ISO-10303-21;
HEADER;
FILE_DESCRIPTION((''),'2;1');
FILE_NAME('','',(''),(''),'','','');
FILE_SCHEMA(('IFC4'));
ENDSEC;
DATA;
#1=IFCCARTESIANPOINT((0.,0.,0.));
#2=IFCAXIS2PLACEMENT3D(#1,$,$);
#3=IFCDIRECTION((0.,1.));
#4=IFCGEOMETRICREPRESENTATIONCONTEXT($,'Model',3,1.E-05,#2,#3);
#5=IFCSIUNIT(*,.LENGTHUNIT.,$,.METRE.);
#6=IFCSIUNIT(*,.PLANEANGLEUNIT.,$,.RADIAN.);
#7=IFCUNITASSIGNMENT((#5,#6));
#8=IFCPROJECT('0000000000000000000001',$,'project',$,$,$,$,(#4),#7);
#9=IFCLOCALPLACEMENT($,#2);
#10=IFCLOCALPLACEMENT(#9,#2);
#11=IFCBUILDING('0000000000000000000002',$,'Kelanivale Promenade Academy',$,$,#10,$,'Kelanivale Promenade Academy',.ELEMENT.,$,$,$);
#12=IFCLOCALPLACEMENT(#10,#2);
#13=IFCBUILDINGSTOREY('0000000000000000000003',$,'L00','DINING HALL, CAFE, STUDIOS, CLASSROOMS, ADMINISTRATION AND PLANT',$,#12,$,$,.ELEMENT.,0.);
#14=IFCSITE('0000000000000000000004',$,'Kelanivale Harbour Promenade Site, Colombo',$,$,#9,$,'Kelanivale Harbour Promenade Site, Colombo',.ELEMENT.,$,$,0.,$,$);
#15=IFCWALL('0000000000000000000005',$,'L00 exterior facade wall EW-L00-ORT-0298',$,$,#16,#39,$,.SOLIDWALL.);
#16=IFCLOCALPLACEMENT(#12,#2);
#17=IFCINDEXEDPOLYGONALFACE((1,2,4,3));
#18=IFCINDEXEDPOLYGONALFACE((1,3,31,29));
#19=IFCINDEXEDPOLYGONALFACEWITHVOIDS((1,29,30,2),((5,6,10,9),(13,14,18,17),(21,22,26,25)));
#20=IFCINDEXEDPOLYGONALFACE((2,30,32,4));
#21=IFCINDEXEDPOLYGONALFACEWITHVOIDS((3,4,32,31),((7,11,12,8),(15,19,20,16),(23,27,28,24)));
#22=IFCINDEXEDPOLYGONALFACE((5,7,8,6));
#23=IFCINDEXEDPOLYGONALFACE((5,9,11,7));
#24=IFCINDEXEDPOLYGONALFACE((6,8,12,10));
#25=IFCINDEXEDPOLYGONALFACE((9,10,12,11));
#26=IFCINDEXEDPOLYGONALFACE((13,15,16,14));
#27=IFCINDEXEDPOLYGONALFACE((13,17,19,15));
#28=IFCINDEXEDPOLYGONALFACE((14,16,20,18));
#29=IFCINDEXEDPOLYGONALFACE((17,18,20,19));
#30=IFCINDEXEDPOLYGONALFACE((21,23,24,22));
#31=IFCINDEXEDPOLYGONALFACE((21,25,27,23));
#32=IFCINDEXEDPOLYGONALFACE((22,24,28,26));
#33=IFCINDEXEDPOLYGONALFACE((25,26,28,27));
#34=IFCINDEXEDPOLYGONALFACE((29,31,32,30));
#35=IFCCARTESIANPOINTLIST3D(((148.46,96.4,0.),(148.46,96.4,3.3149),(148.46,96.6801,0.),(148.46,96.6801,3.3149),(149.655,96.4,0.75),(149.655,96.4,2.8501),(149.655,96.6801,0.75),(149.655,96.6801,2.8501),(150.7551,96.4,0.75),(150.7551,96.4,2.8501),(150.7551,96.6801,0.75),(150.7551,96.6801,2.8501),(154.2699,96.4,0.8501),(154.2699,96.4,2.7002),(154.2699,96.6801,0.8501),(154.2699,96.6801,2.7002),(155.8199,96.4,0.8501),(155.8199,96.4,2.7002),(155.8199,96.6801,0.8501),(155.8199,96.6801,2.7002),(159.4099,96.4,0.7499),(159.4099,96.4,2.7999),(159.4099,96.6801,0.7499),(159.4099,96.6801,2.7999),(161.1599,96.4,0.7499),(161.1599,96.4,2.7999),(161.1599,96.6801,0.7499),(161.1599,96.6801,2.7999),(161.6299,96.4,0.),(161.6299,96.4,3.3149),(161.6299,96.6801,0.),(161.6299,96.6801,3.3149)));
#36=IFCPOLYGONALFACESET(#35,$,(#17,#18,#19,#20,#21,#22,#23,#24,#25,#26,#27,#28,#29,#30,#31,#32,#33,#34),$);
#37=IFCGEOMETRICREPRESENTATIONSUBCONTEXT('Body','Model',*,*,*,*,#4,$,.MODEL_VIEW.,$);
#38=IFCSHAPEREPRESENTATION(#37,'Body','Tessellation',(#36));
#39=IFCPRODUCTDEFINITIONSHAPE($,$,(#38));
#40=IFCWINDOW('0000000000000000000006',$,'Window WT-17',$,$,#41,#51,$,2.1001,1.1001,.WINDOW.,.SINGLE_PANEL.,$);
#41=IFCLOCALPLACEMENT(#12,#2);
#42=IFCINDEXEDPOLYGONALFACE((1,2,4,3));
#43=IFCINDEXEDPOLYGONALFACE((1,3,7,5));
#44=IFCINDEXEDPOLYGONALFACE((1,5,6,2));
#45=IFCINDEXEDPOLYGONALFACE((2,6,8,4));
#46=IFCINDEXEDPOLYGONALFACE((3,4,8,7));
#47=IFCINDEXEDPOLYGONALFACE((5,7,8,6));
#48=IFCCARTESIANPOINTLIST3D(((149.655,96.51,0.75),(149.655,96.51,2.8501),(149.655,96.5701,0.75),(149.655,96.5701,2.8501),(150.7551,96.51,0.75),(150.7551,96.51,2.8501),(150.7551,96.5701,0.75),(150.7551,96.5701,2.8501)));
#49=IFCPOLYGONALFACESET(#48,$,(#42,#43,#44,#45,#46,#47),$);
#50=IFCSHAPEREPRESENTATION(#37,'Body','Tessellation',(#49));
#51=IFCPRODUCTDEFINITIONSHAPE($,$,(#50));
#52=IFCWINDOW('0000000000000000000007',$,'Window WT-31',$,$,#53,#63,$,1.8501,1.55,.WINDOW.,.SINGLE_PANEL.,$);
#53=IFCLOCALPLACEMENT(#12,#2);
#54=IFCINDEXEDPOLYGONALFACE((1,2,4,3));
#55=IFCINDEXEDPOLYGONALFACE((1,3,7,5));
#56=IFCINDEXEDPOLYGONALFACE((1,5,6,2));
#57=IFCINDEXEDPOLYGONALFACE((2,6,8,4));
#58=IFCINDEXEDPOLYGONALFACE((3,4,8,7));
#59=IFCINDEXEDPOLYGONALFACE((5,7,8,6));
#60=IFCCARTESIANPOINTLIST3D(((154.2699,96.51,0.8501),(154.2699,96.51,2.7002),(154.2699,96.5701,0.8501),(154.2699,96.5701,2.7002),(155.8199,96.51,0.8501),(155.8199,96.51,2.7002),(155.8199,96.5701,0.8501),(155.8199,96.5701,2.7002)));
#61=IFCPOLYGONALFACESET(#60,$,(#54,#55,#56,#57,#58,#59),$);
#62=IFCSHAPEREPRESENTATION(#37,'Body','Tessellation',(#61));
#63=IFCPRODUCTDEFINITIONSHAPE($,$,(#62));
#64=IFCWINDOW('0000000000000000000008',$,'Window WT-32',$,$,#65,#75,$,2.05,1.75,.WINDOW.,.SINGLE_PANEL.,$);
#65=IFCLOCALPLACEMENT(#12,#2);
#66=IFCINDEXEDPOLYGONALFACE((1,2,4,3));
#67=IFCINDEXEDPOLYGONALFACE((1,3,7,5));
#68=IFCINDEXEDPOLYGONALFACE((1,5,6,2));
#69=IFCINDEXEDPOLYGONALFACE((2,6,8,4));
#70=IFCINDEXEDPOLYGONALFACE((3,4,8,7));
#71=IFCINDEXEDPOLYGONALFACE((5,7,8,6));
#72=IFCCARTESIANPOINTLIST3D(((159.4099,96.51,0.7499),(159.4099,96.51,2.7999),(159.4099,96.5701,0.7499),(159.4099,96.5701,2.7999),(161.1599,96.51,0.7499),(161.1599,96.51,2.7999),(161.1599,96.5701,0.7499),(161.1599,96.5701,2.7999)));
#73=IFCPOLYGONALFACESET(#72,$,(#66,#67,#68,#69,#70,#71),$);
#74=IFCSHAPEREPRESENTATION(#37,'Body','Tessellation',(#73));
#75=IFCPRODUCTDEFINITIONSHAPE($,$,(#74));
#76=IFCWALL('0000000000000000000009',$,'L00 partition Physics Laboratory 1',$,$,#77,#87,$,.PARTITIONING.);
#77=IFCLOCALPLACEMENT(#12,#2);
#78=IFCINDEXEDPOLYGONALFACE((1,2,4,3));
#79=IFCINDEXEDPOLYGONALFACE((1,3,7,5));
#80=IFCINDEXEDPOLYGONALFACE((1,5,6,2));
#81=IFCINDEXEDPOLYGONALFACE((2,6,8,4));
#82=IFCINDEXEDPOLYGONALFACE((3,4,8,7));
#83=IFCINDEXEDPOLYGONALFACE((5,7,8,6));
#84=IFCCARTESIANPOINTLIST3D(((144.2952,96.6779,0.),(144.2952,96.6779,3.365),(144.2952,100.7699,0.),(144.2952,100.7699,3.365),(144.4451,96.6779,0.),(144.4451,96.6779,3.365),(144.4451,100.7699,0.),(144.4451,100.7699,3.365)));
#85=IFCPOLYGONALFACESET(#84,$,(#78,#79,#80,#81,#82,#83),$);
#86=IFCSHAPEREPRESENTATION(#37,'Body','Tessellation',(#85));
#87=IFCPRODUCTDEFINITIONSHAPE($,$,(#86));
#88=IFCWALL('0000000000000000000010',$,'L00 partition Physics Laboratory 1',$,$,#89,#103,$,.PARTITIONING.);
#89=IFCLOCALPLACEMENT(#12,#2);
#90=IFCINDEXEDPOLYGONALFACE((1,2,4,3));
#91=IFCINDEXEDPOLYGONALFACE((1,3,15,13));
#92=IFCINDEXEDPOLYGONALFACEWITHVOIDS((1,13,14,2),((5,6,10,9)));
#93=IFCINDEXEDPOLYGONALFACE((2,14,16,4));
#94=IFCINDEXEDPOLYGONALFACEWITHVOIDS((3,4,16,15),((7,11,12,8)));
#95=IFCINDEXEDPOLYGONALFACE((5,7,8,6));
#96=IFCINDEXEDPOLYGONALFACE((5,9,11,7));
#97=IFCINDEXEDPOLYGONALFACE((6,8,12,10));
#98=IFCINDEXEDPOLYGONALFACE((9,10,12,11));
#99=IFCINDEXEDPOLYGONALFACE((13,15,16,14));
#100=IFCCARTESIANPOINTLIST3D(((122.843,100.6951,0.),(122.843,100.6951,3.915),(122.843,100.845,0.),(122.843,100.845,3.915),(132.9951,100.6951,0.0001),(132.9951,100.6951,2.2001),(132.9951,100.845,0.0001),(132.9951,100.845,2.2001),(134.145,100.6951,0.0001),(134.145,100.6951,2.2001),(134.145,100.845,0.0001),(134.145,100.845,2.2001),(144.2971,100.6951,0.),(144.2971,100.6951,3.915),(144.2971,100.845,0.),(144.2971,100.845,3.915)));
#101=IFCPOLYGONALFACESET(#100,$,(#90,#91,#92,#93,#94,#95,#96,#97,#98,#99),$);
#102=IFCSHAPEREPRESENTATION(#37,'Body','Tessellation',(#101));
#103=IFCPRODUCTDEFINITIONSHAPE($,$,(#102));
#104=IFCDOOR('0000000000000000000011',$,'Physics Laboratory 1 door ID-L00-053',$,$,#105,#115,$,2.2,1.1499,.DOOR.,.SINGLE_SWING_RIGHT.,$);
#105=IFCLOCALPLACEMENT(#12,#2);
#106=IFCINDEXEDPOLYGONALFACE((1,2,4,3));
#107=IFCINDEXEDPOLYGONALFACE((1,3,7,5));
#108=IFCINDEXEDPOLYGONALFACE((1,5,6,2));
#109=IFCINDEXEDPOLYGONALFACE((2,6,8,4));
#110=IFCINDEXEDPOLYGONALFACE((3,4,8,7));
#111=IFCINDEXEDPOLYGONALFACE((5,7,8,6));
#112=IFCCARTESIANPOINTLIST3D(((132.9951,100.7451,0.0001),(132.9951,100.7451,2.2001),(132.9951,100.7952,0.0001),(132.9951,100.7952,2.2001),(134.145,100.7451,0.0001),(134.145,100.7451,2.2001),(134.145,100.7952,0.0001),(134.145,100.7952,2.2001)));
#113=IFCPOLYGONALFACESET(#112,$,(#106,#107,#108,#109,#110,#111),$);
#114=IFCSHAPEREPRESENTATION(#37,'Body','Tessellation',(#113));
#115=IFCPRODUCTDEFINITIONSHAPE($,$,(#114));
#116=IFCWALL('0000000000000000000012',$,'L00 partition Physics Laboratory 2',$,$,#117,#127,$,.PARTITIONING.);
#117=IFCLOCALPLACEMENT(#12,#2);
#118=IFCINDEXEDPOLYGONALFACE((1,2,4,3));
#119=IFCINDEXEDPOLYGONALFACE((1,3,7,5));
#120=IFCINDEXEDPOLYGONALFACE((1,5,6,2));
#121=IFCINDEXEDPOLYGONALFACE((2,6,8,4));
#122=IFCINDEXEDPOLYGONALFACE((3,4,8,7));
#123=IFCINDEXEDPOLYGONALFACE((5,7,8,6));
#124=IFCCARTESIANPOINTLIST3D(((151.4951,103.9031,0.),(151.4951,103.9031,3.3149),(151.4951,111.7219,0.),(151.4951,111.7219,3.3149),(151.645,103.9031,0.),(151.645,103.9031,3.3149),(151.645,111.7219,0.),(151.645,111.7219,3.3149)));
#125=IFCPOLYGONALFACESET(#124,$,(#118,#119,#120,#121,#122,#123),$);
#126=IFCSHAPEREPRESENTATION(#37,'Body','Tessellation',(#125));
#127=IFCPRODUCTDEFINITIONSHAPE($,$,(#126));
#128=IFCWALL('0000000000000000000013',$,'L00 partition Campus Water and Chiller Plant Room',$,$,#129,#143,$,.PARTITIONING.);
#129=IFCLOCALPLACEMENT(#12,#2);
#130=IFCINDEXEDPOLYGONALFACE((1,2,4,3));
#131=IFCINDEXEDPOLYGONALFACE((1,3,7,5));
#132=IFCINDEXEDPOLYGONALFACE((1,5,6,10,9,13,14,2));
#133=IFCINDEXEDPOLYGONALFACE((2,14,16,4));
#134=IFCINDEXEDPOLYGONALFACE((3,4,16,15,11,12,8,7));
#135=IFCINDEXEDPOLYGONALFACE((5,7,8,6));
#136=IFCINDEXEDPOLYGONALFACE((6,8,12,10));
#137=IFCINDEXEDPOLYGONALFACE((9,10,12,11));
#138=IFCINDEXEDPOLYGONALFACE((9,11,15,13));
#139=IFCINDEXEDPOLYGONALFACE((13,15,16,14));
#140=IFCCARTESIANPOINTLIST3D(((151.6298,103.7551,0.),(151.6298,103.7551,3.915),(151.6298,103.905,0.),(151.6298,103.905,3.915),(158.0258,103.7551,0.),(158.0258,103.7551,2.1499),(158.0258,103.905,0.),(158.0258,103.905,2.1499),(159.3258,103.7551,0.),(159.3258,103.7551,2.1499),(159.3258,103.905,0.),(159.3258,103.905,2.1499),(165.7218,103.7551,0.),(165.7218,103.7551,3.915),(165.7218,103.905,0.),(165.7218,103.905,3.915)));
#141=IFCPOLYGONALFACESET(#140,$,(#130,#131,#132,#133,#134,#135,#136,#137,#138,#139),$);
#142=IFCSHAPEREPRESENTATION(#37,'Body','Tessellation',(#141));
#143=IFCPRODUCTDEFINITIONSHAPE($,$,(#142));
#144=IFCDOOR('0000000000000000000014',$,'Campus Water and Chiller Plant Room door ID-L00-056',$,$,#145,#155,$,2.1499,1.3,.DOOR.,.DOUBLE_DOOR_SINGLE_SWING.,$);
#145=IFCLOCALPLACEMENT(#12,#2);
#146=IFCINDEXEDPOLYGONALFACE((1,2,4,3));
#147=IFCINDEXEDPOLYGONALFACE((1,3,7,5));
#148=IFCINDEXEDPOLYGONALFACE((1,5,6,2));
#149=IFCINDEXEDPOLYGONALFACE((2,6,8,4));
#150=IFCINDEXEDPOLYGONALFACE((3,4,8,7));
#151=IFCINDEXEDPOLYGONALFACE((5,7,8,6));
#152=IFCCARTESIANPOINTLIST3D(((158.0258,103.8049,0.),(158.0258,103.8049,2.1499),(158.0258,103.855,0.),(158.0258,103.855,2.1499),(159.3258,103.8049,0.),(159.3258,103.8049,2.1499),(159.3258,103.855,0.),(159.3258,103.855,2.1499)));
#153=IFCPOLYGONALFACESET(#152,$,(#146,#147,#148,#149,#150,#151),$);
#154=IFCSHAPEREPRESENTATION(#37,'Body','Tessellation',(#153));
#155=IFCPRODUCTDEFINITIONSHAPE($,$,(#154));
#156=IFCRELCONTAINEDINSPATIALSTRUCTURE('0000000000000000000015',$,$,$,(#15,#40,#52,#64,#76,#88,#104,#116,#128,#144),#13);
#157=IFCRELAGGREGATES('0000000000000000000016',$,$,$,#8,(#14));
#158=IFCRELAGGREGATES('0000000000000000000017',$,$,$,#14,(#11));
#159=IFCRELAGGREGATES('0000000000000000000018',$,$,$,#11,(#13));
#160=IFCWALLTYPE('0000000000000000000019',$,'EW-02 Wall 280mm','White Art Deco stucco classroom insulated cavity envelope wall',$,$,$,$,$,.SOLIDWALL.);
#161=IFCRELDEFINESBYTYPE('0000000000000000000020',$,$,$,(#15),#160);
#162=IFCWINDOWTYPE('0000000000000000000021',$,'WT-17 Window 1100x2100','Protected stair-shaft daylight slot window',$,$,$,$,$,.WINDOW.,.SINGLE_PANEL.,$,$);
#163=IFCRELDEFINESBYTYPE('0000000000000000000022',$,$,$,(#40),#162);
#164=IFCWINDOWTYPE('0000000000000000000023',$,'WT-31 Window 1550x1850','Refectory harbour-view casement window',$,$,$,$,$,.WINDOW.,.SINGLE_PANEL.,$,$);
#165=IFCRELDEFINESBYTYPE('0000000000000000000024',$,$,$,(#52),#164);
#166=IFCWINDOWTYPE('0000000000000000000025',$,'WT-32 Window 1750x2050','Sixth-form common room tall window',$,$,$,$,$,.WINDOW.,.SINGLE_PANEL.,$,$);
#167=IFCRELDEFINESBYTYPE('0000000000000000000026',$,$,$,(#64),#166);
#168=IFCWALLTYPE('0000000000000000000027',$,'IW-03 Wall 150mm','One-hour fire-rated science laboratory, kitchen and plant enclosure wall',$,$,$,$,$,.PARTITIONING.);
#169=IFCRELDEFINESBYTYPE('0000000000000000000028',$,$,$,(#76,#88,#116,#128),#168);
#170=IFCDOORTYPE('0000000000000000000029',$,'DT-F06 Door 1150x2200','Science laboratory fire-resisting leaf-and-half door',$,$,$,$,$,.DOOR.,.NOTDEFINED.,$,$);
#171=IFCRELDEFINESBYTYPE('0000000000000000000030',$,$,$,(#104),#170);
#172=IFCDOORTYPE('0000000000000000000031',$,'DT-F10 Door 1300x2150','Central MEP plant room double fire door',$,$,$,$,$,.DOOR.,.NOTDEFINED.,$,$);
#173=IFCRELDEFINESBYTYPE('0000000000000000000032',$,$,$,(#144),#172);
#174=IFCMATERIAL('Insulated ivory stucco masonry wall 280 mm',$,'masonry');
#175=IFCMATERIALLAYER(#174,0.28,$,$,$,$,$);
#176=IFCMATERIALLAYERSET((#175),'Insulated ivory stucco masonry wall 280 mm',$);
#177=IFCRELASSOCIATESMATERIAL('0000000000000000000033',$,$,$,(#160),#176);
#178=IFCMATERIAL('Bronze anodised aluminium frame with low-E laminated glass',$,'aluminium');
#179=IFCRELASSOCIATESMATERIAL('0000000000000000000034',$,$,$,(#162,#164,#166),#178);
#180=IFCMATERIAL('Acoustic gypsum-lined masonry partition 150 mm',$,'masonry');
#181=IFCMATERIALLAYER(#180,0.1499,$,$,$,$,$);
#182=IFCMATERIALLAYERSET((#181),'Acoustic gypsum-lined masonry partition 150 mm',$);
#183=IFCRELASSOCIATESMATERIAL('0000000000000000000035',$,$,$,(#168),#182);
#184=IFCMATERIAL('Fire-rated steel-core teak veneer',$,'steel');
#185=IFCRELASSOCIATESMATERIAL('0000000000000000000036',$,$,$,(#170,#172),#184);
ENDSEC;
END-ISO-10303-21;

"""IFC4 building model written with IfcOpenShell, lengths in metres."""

from ifc_helpers import new_model, si_unit, direction, frame, frame_2d, origin, place, context, subcontext, project, spatial, rectangle, extrude, material, layer, layer_set, type_object, element, fill, save


model = new_model("IFC4")

# Units and contexts
model_context = context("Model", 3, precision=1e-05, world=origin(), true_north=direction((0.0, 1.0)))
body_context = subcontext(model_context, "Body", "Model", "MODEL_VIEW")
ifc_project = project(units=[si_unit("LENGTHUNIT", "METRE"), si_unit("PLANEANGLEUNIT", "RADIAN")], contexts=[model_context])

# Site, building, storey
site_placement = place(None, origin())
site = spatial("IfcSite", under=ifc_project, at=site_placement, Name="Kelanivale Harbour Promenade Site, Colombo", LongName="Kelanivale Harbour Promenade Site, Colombo", CompositionType="ELEMENT", RefElevation=0.0)
building_placement = place(site_placement, origin())
building = spatial("IfcBuilding", under=site, at=building_placement, Name="Kelanivale Promenade Academy", LongName="Kelanivale Promenade Academy", CompositionType="ELEMENT")
storey_placement = place(building_placement, origin())
storey = spatial("IfcBuildingStorey", under=building, at=storey_placement, Name="L00", Description="DINING HALL, CAFE, STUDIOS, CLASSROOMS, ADMINISTRATION AND PLANT", CompositionType="ELEMENT", Elevation=0.0)

# Wall, openings, windows
ifc_material_1 = material(Name="Insulated ivory stucco masonry wall 280 mm", Category="masonry")
ifc_layer_1 = layer(ifc_material_1, 0.28)
ifc_layer_set_1 = layer_set([ifc_layer_1], Name="Insulated ivory stucco masonry wall 280 mm")
wall_type_1 = type_object("IfcWallType", Name="EW-02 Wall 280mm", Description="White Art Deco stucco classroom insulated cavity envelope wall", PredefinedType="SOLIDWALL", material=ifc_layer_set_1)
wall_1_placement = place(storey_placement, frame((148.46, 96.54, 0.0), z_axis=(0.0, 0.0, 1.0), x_axis=(1.0, 0.0, 0.0)))
wall_1 = element("IfcWall", 1, at=wall_1_placement, inside=storey, type_object=wall_type_1, Name="L00 exterior facade wall EW-L00-ORT-0298", PredefinedType="SOLIDWALL", context=body_context, shape_type="SweptSolid", body=[
    extrude(rectangle(XDim=13.1699, YDim=0.28, at=frame_2d((6.585, 0.0))), origin(), (0.0, 0.0, 1.0), 3.3149),
])
opening_1_placement = place(wall_1_placement, frame((1.1951, 0.0, 0.75)))
opening_1 = element("IfcOpeningElement", 2, at=opening_1_placement, cuts=wall_1, PredefinedType="OPENING", context=body_context, shape_type="SweptSolid", body=[
    extrude(rectangle(XDim=1.1001, YDim=2.1001, at=frame_2d((0.55, 1.05))), frame((0.0, 0.1499, 0.0), z_axis=(0.0, -1.0, 0.0), x_axis=(1.0, 0.0, 0.0)), (0.0, 0.0, 1.0), 0.3),
])
opening_2_placement = place(wall_1_placement, frame((5.8101, 0.0, 0.8501)))
opening_2 = element("IfcOpeningElement", 3, at=opening_2_placement, cuts=wall_1, PredefinedType="OPENING", context=body_context, shape_type="SweptSolid", body=[
    extrude(rectangle(XDim=1.55, YDim=1.8501, at=frame_2d((0.7749, 0.925))), frame((0.0, 0.1499, 0.0), z_axis=(0.0, -1.0, 0.0), x_axis=(1.0, 0.0, 0.0)), (0.0, 0.0, 1.0), 0.3),
])
opening_3_placement = place(wall_1_placement, frame((10.95, 0.0, 0.75)))
opening_3 = element("IfcOpeningElement", 4, at=opening_3_placement, cuts=wall_1, PredefinedType="OPENING", context=body_context, shape_type="SweptSolid", body=[
    extrude(rectangle(XDim=1.75, YDim=2.05, at=frame_2d((0.875, 1.0249))), frame((0.0, 0.1499, 0.0), z_axis=(0.0, -1.0, 0.0), x_axis=(1.0, 0.0, 0.0)), (0.0, 0.0, 1.0), 0.3),
])
ifc_material_2 = material(Name="Bronze anodised aluminium frame with low-E laminated glass", Category="aluminium")
window_type_1 = type_object("IfcWindowType", Name="WT-17 Window 1100x2100", Description="Protected stair-shaft daylight slot window", PartitioningType="SINGLE_PANEL", PredefinedType="WINDOW", material=ifc_material_2)
window_1_placement = place(opening_1_placement, origin())
window_1 = element("IfcWindow", 5, at=window_1_placement, inside=storey, type_object=window_type_1, Name="Window WT-17", OverallHeight=2.1001, OverallWidth=1.1001, PartitioningType="SINGLE_PANEL", PredefinedType="WINDOW", context=body_context, shape_type="SweptSolid", body=[
    extrude(rectangle(XDim=1.1001, YDim=2.1001, at=frame_2d((0.55, 1.05))), frame((0.0, 0.03, 0.0), z_axis=(0.0, -1.0, 0.0), x_axis=(1.0, 0.0, 0.0)), (0.0, 0.0, 1.0), 0.0601),
])
fill(opening_1, window_1)
window_type_2 = type_object("IfcWindowType", Name="WT-31 Window 1550x1850", Description="Refectory harbour-view casement window", PartitioningType="SINGLE_PANEL", PredefinedType="WINDOW", material=ifc_material_2)
window_2_placement = place(opening_2_placement, origin())
window_2 = element("IfcWindow", 6, at=window_2_placement, inside=storey, type_object=window_type_2, Name="Window WT-31", OverallHeight=1.8501, OverallWidth=1.55, PartitioningType="SINGLE_PANEL", PredefinedType="WINDOW", context=body_context, shape_type="SweptSolid", body=[
    extrude(rectangle(XDim=1.55, YDim=1.8501, at=frame_2d((0.7749, 0.925))), frame((0.0, 0.03, 0.0), z_axis=(0.0, -1.0, 0.0), x_axis=(1.0, 0.0, 0.0)), (0.0, 0.0, 1.0), 0.0601),
])
fill(opening_2, window_2)
window_type_3 = type_object("IfcWindowType", Name="WT-32 Window 1750x2050", Description="Sixth-form common room tall window", PartitioningType="SINGLE_PANEL", PredefinedType="WINDOW", material=ifc_material_2)
window_3_placement = place(opening_3_placement, origin())
window_3 = element("IfcWindow", 7, at=window_3_placement, inside=storey, type_object=window_type_3, Name="Window WT-32", OverallHeight=2.05, OverallWidth=1.75, PartitioningType="SINGLE_PANEL", PredefinedType="WINDOW", context=body_context, shape_type="SweptSolid", body=[
    extrude(rectangle(XDim=1.75, YDim=2.05, at=frame_2d((0.875, 1.0249))), frame((0.0, 0.03, 0.0), z_axis=(0.0, -1.0, 0.0), x_axis=(1.0, 0.0, 0.0)), (0.0, 0.0, 1.0), 0.0601),
])
fill(opening_3, window_3)

# Wall
ifc_material_3 = material(Name="Acoustic gypsum-lined masonry partition 150 mm", Category="masonry")
ifc_layer_2 = layer(ifc_material_3, 0.1499)
ifc_layer_set_2 = layer_set([ifc_layer_2], Name="Acoustic gypsum-lined masonry partition 150 mm")
wall_type_2 = type_object("IfcWallType", Name="IW-03 Wall 150mm", Description="One-hour fire-rated science laboratory, kitchen and plant enclosure wall", PredefinedType="PARTITIONING", material=ifc_layer_set_2)
wall_2_placement = place(storey_placement, frame((144.3701, 96.678, 0.0), z_axis=(0.0, 0.0, 1.0), x_axis=(0.0, 1.0, 0.0)))
element("IfcWall", 8, at=wall_2_placement, inside=storey, type_object=wall_type_2, Name="L00 partition Physics Laboratory 1", PredefinedType="PARTITIONING", context=body_context, shape_type="SweptSolid", body=[
    extrude(rectangle(XDim=4.092, YDim=0.1499, at=frame_2d((2.0459, 0.0))), origin(), (0.0, 0.0, 1.0), 3.365),
])

# Wall, opening, door
wall_3_placement = place(storey_placement, frame((144.2971, 100.77, 0.0), z_axis=(0.0, 0.0, 1.0), x_axis=(-1.0, 0.0, 0.0)))
wall_3 = element("IfcWall", 9, at=wall_3_placement, inside=storey, type_object=wall_type_2, Name="L00 partition Physics Laboratory 1", PredefinedType="PARTITIONING", context=body_context, shape_type="SweptSolid", body=[
    extrude(rectangle(XDim=21.4541, YDim=0.1499, at=frame_2d((10.7271, 0.0))), origin(), (0.0, 0.0, 1.0), 3.915),
])
opening_4_placement = place(wall_3_placement, frame((10.1521, 0.0, 0.0)))
opening_4 = element("IfcOpeningElement", 10, at=opening_4_placement, cuts=wall_3, PredefinedType="OPENING", context=body_context, shape_type="SweptSolid", body=[
    extrude(rectangle(XDim=1.1499, YDim=2.2, at=frame_2d((0.575, 1.1001))), frame((0.0, 0.085, 0.0), z_axis=(0.0, -1.0, 0.0), x_axis=(1.0, 0.0, 0.0)), (0.0, 0.0, 1.0), 0.1699),
])
ifc_material_4 = material(Name="Fire-rated steel-core teak veneer", Category="steel")
door_type_1 = type_object("IfcDoorType", Name="DT-F06 Door 1150x2200", Description="Science laboratory fire-resisting leaf-and-half door", OperationType="NOTDEFINED", PredefinedType="DOOR", material=ifc_material_4)
door_1_placement = place(opening_4_placement, origin())
door_1 = element("IfcDoor", 11, at=door_1_placement, inside=storey, type_object=door_type_1, Name="Physics Laboratory 1 door ID-L00-053", OperationType="SINGLE_SWING_RIGHT", OverallHeight=2.2, OverallWidth=1.1499, PredefinedType="DOOR", context=body_context, shape_type="SweptSolid", body=[
    extrude(rectangle(XDim=1.1499, YDim=2.2, at=frame_2d((0.575, 1.1001))), frame((0.0, 0.0249, 0.0), z_axis=(0.0, -1.0, 0.0), x_axis=(1.0, 0.0, 0.0)), (0.0, 0.0, 1.0), 0.05),
])
fill(opening_4, door_1)

# Wall
wall_4_placement = place(storey_placement, frame((151.5701, 103.9031, 0.0), z_axis=(0.0, 0.0, 1.0), x_axis=(0.0, 1.0, 0.0)))
element("IfcWall", 12, at=wall_4_placement, inside=storey, type_object=wall_type_2, Name="L00 partition Physics Laboratory 2", PredefinedType="PARTITIONING", context=body_context, shape_type="SweptSolid", body=[
    extrude(rectangle(XDim=7.8188, YDim=0.1499, at=frame_2d((3.9094, 0.0))), origin(), (0.0, 0.0, 1.0), 3.3149),
])

# Wall, opening, door
wall_5_placement = place(storey_placement, frame((151.6299, 103.8301, 0.0), z_axis=(0.0, 0.0, 1.0), x_axis=(1.0, 0.0, 0.0)))
wall_5 = element("IfcWall", 13, at=wall_5_placement, inside=storey, type_object=wall_type_2, Name="L00 partition Campus Water and Chiller Plant Room", PredefinedType="PARTITIONING", context=body_context, shape_type="SweptSolid", body=[
    extrude(rectangle(XDim=14.092, YDim=0.1499, at=frame_2d((7.0459, 0.0))), origin(), (0.0, 0.0, 1.0), 3.915),
])
opening_5_placement = place(wall_5_placement, frame((6.396, 0.0, 0.0)))
opening_5 = element("IfcOpeningElement", 14, at=opening_5_placement, cuts=wall_5, PredefinedType="OPENING", context=body_context, shape_type="SweptSolid", body=[
    extrude(rectangle(XDim=1.3, YDim=2.1499, at=frame_2d((0.6499, 1.075))), frame((0.0, 0.085, 0.0), z_axis=(0.0, -1.0, 0.0), x_axis=(1.0, 0.0, 0.0)), (0.0, 0.0, 1.0), 0.1699),
])
door_type_2 = type_object("IfcDoorType", Name="DT-F10 Door 1300x2150", Description="Central MEP plant room double fire door", OperationType="NOTDEFINED", PredefinedType="DOOR", material=ifc_material_4)
door_2_placement = place(opening_5_placement, origin())
door_2 = element("IfcDoor", 15, at=door_2_placement, inside=storey, type_object=door_type_2, Name="Campus Water and Chiller Plant Room door ID-L00-056", OperationType="DOUBLE_DOOR_SINGLE_SWING", OverallHeight=2.1499, OverallWidth=1.3, PredefinedType="DOOR", context=body_context, shape_type="SweptSolid", body=[
    extrude(rectangle(XDim=1.3, YDim=2.1499, at=frame_2d((0.6499, 1.075))), frame((0.0, 0.0249, 0.0), z_axis=(0.0, -1.0, 0.0), x_axis=(1.0, 0.0, 0.0)), (0.0, 0.0, 1.0), 0.05),
])
fill(opening_5, door_2)

save(model, "model.ifc")
